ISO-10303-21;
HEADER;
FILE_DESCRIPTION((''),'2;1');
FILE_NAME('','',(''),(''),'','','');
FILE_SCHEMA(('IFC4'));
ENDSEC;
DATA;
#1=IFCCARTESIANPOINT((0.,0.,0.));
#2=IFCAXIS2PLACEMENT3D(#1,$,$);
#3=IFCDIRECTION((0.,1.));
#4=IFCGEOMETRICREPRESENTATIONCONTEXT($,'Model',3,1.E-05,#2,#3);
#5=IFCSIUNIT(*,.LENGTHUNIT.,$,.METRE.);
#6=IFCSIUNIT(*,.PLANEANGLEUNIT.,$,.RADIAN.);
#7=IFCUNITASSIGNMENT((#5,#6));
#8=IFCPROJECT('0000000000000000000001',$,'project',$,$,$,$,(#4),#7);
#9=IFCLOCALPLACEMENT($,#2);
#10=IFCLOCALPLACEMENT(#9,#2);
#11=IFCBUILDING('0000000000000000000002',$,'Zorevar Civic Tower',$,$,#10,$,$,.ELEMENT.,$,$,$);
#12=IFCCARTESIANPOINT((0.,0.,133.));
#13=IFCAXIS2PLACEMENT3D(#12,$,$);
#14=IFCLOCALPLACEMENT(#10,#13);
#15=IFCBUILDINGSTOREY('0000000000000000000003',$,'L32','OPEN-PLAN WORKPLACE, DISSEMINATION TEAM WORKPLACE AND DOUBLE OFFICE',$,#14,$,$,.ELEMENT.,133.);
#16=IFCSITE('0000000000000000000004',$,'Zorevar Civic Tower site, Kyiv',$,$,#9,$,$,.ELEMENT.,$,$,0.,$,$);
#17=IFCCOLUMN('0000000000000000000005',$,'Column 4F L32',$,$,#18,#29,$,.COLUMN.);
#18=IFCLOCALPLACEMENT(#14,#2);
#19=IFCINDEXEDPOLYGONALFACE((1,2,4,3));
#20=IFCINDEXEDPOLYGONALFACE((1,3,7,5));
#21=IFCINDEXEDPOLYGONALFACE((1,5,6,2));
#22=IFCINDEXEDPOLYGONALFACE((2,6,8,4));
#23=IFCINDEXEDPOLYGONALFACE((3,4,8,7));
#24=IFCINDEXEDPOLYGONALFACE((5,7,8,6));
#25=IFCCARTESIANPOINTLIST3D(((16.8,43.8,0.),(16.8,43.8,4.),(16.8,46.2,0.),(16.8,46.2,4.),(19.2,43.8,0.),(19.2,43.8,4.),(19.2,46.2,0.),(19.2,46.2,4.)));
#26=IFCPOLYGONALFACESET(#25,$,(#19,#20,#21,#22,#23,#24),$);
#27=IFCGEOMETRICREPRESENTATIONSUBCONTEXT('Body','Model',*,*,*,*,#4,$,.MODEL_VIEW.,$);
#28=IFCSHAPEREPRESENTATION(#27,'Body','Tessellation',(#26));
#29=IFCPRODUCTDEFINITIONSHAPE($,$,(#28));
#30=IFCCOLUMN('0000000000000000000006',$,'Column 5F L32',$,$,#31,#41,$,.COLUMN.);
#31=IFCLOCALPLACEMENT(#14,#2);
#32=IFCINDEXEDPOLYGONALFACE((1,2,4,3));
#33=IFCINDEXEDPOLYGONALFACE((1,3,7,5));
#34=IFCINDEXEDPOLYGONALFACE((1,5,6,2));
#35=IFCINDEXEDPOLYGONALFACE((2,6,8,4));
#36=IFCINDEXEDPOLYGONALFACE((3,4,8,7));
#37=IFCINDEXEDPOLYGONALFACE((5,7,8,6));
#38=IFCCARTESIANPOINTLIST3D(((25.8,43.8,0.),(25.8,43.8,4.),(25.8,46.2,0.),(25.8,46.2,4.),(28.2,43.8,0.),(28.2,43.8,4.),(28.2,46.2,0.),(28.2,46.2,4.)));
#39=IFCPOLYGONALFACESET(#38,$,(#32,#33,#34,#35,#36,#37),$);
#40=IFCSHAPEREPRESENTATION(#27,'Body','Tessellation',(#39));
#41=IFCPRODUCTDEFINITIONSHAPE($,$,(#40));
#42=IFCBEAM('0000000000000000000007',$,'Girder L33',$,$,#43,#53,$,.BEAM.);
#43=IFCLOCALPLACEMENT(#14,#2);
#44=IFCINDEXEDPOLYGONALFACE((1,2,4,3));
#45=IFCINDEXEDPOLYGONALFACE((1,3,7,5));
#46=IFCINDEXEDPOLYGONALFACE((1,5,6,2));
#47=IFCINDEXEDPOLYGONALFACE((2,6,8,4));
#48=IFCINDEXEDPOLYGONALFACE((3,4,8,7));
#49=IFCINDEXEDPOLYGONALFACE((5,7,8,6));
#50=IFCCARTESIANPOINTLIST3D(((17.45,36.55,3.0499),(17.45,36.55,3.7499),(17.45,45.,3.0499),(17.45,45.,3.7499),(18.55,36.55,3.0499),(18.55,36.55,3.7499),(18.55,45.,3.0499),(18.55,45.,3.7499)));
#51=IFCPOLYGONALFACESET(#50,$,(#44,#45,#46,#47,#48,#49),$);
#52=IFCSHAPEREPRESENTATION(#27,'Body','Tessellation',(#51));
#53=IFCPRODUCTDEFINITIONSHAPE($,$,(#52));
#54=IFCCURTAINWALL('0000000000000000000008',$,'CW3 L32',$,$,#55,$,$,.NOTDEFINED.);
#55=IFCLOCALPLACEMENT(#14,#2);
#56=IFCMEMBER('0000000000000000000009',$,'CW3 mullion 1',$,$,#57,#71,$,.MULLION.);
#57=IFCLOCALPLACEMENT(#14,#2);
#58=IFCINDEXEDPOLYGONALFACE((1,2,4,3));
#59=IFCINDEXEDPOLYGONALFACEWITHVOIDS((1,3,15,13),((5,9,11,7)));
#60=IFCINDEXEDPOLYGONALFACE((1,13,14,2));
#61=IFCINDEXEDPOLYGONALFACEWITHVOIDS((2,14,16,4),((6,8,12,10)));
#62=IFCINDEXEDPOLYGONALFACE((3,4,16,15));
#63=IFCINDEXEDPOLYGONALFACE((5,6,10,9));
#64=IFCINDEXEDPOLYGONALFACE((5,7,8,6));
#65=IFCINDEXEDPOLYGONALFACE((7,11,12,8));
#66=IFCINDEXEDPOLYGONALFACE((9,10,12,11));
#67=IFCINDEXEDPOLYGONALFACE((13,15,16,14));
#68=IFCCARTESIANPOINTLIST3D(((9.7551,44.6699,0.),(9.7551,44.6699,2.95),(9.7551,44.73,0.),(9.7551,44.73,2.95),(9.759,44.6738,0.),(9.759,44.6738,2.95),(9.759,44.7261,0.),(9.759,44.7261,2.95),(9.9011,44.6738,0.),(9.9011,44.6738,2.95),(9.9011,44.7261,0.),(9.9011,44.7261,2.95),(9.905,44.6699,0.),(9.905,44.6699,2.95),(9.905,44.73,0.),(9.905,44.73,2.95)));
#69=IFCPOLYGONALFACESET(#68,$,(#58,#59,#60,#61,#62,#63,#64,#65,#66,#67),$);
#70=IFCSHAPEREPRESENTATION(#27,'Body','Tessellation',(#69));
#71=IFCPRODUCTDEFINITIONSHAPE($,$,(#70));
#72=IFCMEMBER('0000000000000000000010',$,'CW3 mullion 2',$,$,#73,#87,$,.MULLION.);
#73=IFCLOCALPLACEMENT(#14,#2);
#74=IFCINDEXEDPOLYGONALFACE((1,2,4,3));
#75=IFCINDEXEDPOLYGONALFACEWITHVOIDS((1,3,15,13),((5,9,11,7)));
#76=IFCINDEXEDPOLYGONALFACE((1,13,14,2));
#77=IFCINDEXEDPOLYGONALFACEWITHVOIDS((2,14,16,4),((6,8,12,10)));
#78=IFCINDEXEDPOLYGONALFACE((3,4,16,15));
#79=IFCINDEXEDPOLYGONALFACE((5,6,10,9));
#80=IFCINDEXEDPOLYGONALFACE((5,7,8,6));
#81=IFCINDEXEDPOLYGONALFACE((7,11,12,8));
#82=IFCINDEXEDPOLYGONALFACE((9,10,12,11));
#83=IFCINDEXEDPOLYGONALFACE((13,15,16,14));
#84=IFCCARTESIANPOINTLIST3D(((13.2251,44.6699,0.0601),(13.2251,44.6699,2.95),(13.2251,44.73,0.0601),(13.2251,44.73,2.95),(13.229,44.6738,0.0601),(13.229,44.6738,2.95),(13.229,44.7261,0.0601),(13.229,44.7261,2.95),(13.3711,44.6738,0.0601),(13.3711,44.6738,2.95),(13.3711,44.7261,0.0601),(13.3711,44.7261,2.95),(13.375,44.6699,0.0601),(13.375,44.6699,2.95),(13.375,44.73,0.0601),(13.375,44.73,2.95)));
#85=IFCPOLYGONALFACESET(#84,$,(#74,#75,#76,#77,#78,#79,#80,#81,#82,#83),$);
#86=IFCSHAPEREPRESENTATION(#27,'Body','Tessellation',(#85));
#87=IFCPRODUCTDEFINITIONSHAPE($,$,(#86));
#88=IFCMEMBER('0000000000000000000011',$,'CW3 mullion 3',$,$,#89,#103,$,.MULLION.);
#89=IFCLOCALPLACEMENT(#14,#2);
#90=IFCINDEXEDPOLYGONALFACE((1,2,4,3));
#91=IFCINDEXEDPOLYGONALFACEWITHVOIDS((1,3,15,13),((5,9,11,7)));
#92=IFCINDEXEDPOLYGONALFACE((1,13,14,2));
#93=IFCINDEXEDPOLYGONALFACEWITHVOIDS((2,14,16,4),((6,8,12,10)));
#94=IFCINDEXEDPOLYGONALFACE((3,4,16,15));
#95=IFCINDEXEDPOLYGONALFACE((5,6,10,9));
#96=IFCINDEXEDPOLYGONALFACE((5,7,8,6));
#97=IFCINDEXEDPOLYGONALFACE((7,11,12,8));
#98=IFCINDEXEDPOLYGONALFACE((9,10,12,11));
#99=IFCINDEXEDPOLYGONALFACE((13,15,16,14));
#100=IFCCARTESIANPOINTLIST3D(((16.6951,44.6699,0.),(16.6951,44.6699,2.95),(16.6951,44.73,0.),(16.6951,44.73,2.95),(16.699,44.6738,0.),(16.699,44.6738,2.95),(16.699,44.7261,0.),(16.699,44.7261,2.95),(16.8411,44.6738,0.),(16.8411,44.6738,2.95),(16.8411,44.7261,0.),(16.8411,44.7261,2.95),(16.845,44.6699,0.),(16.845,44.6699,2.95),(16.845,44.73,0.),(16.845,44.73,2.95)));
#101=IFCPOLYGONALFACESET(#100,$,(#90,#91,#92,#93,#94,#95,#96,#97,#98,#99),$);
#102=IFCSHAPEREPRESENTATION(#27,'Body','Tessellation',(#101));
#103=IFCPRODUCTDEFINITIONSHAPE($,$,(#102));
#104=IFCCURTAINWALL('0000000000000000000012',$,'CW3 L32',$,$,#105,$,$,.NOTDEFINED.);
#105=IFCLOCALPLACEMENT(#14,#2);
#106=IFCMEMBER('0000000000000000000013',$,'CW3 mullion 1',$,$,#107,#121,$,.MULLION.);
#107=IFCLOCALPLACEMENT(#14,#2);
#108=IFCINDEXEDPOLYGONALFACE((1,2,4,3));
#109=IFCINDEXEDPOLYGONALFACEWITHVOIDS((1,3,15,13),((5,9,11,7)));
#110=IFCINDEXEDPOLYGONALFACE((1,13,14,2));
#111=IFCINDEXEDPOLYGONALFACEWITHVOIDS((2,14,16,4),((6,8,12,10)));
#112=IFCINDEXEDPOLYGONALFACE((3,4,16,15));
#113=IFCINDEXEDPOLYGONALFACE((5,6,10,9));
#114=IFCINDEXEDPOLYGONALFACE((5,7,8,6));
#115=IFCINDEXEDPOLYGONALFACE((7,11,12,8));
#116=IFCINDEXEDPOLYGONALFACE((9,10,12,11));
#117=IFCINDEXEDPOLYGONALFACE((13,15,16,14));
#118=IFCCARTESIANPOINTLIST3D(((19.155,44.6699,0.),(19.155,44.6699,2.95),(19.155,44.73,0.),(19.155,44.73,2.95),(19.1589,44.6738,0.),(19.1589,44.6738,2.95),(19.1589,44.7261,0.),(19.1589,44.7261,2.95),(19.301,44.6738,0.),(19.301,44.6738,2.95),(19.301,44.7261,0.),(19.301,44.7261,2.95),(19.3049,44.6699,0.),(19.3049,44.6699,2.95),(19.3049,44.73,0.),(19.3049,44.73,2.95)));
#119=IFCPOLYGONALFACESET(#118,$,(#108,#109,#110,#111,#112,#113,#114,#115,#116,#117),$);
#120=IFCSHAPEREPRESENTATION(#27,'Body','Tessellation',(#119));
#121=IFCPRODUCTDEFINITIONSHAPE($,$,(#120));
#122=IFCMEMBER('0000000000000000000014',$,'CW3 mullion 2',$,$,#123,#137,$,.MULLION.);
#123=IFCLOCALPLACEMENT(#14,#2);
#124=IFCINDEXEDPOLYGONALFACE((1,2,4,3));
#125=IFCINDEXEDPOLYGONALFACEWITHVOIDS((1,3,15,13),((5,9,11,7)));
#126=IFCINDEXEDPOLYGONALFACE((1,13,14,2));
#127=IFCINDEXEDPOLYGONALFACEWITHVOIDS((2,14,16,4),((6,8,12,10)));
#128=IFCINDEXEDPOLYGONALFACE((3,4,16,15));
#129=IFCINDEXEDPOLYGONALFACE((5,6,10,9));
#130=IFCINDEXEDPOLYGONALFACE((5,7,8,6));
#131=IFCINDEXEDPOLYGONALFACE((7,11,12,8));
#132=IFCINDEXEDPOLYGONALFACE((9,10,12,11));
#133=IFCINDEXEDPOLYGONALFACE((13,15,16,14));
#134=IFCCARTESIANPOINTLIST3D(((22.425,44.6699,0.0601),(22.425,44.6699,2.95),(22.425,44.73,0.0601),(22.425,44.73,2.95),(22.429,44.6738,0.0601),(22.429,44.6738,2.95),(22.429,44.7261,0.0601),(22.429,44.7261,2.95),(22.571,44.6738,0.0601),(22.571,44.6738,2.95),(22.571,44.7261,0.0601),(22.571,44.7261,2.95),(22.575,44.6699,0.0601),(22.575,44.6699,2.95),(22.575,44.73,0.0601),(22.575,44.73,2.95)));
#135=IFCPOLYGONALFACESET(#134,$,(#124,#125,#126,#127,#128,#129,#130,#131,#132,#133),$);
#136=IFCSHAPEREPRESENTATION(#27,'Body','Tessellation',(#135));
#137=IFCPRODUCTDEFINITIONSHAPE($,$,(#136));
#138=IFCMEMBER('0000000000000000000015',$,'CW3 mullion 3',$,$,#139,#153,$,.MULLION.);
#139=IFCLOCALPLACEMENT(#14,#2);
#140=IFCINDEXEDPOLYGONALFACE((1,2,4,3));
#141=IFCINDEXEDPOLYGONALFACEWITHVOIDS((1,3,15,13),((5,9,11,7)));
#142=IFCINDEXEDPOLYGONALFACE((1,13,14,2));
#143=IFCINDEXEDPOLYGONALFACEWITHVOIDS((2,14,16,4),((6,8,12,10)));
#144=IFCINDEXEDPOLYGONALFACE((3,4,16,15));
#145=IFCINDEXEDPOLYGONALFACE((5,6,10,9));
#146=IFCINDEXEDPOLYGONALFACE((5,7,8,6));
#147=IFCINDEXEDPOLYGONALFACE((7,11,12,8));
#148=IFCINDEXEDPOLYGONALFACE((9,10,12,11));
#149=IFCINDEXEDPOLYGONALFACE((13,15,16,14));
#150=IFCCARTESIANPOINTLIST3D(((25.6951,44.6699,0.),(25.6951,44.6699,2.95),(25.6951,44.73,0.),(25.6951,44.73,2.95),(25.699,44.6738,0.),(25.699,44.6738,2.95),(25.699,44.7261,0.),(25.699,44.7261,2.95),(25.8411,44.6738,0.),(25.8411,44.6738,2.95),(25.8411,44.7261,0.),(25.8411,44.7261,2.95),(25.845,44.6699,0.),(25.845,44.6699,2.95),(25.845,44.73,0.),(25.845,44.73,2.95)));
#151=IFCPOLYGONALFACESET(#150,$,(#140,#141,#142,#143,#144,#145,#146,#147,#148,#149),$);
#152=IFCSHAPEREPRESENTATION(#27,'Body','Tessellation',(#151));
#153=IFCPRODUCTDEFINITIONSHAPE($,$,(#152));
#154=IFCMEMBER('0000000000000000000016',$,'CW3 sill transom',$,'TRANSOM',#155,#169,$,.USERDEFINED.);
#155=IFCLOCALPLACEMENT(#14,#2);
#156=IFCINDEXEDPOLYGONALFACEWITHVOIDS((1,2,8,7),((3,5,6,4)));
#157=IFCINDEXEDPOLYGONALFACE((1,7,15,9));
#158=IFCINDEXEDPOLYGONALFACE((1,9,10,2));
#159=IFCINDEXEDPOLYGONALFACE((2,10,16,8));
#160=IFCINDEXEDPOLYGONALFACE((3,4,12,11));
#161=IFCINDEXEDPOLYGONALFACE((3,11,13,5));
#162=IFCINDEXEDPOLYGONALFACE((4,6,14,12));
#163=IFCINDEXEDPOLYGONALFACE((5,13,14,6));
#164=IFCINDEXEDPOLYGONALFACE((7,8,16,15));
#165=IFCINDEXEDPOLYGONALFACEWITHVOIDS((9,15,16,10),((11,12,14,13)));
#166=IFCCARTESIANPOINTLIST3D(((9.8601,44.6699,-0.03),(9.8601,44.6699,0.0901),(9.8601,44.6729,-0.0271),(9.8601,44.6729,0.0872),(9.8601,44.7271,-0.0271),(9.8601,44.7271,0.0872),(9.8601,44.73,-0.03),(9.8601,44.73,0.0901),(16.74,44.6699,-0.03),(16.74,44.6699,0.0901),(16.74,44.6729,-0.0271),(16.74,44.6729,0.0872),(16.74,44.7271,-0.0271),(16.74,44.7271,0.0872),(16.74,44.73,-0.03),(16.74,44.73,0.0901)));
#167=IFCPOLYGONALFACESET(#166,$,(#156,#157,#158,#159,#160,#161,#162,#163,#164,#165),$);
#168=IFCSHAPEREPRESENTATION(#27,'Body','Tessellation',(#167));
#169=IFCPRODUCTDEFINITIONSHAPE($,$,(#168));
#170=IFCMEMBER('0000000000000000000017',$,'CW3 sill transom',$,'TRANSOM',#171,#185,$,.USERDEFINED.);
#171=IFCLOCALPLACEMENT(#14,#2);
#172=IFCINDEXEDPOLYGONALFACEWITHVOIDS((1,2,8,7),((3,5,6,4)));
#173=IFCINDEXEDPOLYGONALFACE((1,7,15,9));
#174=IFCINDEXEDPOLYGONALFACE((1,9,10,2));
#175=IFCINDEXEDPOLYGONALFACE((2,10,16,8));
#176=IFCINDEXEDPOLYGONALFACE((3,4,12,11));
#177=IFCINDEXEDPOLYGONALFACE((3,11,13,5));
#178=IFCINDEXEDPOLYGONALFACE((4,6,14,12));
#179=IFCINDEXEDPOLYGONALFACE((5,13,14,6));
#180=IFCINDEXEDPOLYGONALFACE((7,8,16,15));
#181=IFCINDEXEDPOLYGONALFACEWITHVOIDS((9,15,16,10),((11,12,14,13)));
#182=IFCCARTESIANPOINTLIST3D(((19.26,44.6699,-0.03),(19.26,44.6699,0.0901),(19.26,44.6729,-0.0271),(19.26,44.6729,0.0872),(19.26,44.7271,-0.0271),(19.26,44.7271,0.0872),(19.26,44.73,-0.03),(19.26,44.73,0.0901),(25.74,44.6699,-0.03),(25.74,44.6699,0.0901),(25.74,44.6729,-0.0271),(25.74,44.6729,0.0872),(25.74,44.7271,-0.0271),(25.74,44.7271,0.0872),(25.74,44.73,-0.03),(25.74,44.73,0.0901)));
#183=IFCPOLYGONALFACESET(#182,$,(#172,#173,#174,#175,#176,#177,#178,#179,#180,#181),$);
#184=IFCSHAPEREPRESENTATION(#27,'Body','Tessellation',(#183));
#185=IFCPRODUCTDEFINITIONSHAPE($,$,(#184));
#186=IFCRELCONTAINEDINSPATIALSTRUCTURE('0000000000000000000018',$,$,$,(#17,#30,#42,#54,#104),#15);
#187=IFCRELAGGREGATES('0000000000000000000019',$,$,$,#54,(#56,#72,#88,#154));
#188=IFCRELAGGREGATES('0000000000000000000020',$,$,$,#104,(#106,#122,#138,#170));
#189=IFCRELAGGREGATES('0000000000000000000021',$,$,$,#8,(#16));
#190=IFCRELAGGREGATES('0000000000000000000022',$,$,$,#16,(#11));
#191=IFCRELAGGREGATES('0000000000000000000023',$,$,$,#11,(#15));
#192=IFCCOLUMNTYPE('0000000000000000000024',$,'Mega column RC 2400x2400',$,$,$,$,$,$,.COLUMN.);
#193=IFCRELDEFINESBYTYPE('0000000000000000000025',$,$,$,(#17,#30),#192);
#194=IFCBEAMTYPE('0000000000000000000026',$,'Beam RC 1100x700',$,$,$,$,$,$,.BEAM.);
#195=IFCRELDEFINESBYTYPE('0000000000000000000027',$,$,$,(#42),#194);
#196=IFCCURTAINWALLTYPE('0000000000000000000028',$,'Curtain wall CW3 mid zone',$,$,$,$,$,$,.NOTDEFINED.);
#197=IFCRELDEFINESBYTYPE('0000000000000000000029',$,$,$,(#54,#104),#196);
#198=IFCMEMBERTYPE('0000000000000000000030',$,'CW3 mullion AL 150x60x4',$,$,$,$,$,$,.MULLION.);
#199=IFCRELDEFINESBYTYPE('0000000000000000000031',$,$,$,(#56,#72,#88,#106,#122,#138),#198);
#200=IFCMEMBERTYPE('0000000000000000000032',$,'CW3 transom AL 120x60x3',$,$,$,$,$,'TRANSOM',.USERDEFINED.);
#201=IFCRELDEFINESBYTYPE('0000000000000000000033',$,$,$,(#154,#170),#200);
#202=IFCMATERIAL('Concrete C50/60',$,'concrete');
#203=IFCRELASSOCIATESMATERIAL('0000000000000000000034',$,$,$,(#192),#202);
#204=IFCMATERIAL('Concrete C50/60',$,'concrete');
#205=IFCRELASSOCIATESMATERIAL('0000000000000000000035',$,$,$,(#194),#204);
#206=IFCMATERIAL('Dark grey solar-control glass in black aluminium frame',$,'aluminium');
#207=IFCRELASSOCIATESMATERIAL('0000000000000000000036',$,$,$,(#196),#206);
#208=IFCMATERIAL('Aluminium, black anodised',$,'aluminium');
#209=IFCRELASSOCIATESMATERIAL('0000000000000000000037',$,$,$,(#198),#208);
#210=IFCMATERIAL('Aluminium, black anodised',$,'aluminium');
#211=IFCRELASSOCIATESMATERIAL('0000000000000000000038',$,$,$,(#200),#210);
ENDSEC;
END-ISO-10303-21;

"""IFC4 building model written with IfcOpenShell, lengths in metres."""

from ifc_helpers import new_model, si_unit, direction, frame, origin, origin_2d, place, context, subcontext, project, spatial, rectangle, hollow_rectangle, extrude, material, material_profile, profile_set, type_object, element, aggregate, save


model = new_model("IFC4")

# Units and contexts
model_context = context("Model", 3, precision=1e-05, world=origin(), true_north=direction((0.0, 1.0)))
body_context = subcontext(model_context, "Body", "Model", "MODEL_VIEW")
ifc_project = project(units=[si_unit("LENGTHUNIT", "METRE"), si_unit("PLANEANGLEUNIT", "RADIAN")], contexts=[model_context])

# Site, building, storey
site_placement = place(None, origin())
site = spatial("IfcSite", under=ifc_project, at=site_placement, Name="Zorevar Civic Tower site, Kyiv", CompositionType="ELEMENT", RefElevation=0.0)
building_placement = place(site_placement, origin())
building = spatial("IfcBuilding", under=site, at=building_placement, Name="Zorevar Civic Tower", CompositionType="ELEMENT")
storey_placement = place(building_placement, frame((0.0, 0.0, 133.0)))
storey = spatial("IfcBuildingStorey", under=building, at=storey_placement, Name="L32", Description="OPEN-PLAN WORKPLACE, DISSEMINATION TEAM WORKPLACE AND DOUBLE OFFICE", CompositionType="ELEMENT", Elevation=133.0)

# Columns
ifc_material_1 = material(Name="Concrete C50/60", Category="concrete")
ifc_material_profile_1 = material_profile(ifc_material_1, rectangle(XDim=2.3999, YDim=2.3999, at=origin_2d()), Name="RC 2400x2400")
ifc_profile_set_1 = profile_set([ifc_material_profile_1], Name="Concrete C50/60")
column_type = type_object("IfcColumnType", Name="Mega column RC 2400x2400", PredefinedType="COLUMN", material=ifc_profile_set_1)
for number, where, z_axis, x_axis, name in (
    (1, (18.0, 45.0, 0.0), (0.0, 0.0, 1.0), (1.0, 0.0, 0.0), "Column 4F L32"),
    (2, (27.0, 45.0, 0.0), (0.0, 0.0, 1.0), (1.0, 0.0, 0.0), "Column 5F L32"),
):
    element("IfcColumn", number, at=place(storey_placement, frame(where, z_axis=z_axis, x_axis=x_axis)), inside=storey, type_object=column_type, Name=name, PredefinedType="COLUMN", context=body_context, shape_type="SweptSolid", body=[
        extrude(rectangle(XDim=2.3999, YDim=2.3999, at=origin_2d()), origin(), (0.0, 0.0, 1.0), 4.0),
    ])

# Beam
ifc_material_2 = material(Name="Concrete C50/60", Category="concrete")
ifc_material_profile_2 = material_profile(ifc_material_2, rectangle(XDim=1.1001, YDim=0.7, at=origin_2d()), Name="RC 1100x700")
ifc_profile_set_2 = profile_set([ifc_material_profile_2], Name="Concrete C50/60")
beam_type_1 = type_object("IfcBeamType", Name="Beam RC 1100x700", PredefinedType="BEAM", material=ifc_profile_set_2)
beam_1_placement = place(storey_placement, frame((18.0, 36.55, 3.3999), z_axis=(0.0, 1.0, 0.0), x_axis=(-1.0, 0.0, 0.0)))
element("IfcBeam", 3, at=beam_1_placement, inside=storey, type_object=beam_type_1, Name="Girder L33", PredefinedType="BEAM", context=body_context, shape_type="SweptSolid", body=[
    extrude(rectangle(XDim=1.1001, YDim=0.7, at=origin_2d()), origin(), (0.0, 0.0, 1.0), 8.45),
])

# Curtain walls, members
ifc_material_3 = material(Name="Dark grey solar-control glass in black aluminium frame", Category="aluminium")
curtain_wall_type = type_object("IfcCurtainWallType", Name="Curtain wall CW3 mid zone", PredefinedType="NOTDEFINED", material=ifc_material_3)
curtain_wall_1_placement = place(storey_placement, origin())
curtain_wall_1 = element("IfcCurtainWall", 4, at=curtain_wall_1_placement, inside=storey, type_object=curtain_wall_type, Name="CW3 L32", PredefinedType="NOTDEFINED")
ifc_material_4 = material(Name="Aluminium, black anodised", Category="aluminium")
ifc_material_profile_3 = material_profile(ifc_material_4, hollow_rectangle(XDim=0.0601, YDim=0.1499, WallThickness=0.0039, at=origin_2d()), Name="AL 150x60x4")
ifc_profile_set_3 = profile_set([ifc_material_profile_3], Name="Aluminium, black anodised")
member_type_1 = type_object("IfcMemberType", Name="CW3 mullion AL 150x60x4", PredefinedType="MULLION", material=ifc_profile_set_3)
member_1_placement = place(storey_placement, frame((9.8301, 44.7, 0.0), z_axis=(0.0, 0.0, 1.0), x_axis=(0.0, 1.0, 0.0)))
member_1 = element("IfcMember", 5, at=member_1_placement, type_object=member_type_1, Name="CW3 mullion 1", PredefinedType="MULLION", context=body_context, shape_type="SweptSolid", body=[
    extrude(hollow_rectangle(XDim=0.0601, YDim=0.1499, WallThickness=0.0039, at=origin_2d()), origin(), (0.0, 0.0, 1.0), 2.95),
])
member_2_placement = place(storey_placement, frame((13.3, 44.7, 0.0601), z_axis=(0.0, 0.0, 1.0), x_axis=(0.0, 1.0, 0.0)))
member_2 = element("IfcMember", 6, at=member_2_placement, type_object=member_type_1, Name="CW3 mullion 2", PredefinedType="MULLION", context=body_context, shape_type="SweptSolid", body=[
    extrude(hollow_rectangle(XDim=0.0601, YDim=0.1499, WallThickness=0.0039, at=origin_2d()), origin(), (0.0, 0.0, 1.0), 2.8899),
])
member_3_placement = place(storey_placement, frame((16.77, 44.7, 0.0), z_axis=(0.0, 0.0, 1.0), x_axis=(0.0, 1.0, 0.0)))
member_3 = element("IfcMember", 7, at=member_3_placement, type_object=member_type_1, Name="CW3 mullion 3", PredefinedType="MULLION", context=body_context, shape_type="SweptSolid", body=[
    extrude(hollow_rectangle(XDim=0.0601, YDim=0.1499, WallThickness=0.0039, at=origin_2d()), origin(), (0.0, 0.0, 1.0), 2.95),
])
curtain_wall_2_placement = place(storey_placement, origin())
curtain_wall_2 = element("IfcCurtainWall", 8, at=curtain_wall_2_placement, inside=storey, type_object=curtain_wall_type, Name="CW3 L32", PredefinedType="NOTDEFINED")
member_4_placement = place(storey_placement, frame((19.23, 44.7, 0.0), z_axis=(0.0, 0.0, 1.0), x_axis=(0.0, 1.0, 0.0)))
member_4 = element("IfcMember", 9, at=member_4_placement, type_object=member_type_1, Name="CW3 mullion 1", PredefinedType="MULLION", context=body_context, shape_type="SweptSolid", body=[
    extrude(hollow_rectangle(XDim=0.0601, YDim=0.1499, WallThickness=0.0039, at=origin_2d()), origin(), (0.0, 0.0, 1.0), 2.95),
])
member_5_placement = place(storey_placement, frame((22.5, 44.7, 0.0601), z_axis=(0.0, 0.0, 1.0), x_axis=(0.0, 1.0, 0.0)))
member_5 = element("IfcMember", 10, at=member_5_placement, type_object=member_type_1, Name="CW3 mullion 2", PredefinedType="MULLION", context=body_context, shape_type="SweptSolid", body=[
    extrude(hollow_rectangle(XDim=0.0601, YDim=0.1499, WallThickness=0.0039, at=origin_2d()), origin(), (0.0, 0.0, 1.0), 2.8899),
])
member_6_placement = place(storey_placement, frame((25.77, 44.7, 0.0), z_axis=(0.0, 0.0, 1.0), x_axis=(0.0, 1.0, 0.0)))
member_6 = element("IfcMember", 11, at=member_6_placement, type_object=member_type_1, Name="CW3 mullion 3", PredefinedType="MULLION", context=body_context, shape_type="SweptSolid", body=[
    extrude(hollow_rectangle(XDim=0.0601, YDim=0.1499, WallThickness=0.0039, at=origin_2d()), origin(), (0.0, 0.0, 1.0), 2.95),
])

# Members
ifc_material_5 = material(Name="Aluminium, black anodised", Category="aluminium")
ifc_material_profile_4 = material_profile(ifc_material_5, hollow_rectangle(XDim=0.0601, YDim=0.1201, WallThickness=0.0029, at=origin_2d()), Name="AL 120x60x3")
ifc_profile_set_4 = profile_set([ifc_material_profile_4], Name="Aluminium, black anodised")
member_type_2 = type_object("IfcMemberType", Name="CW3 transom AL 120x60x3", ElementType="TRANSOM", PredefinedType="USERDEFINED", material=ifc_profile_set_4)
member_7_placement = place(storey_placement, frame((9.8601, 44.7, 0.03), z_axis=(1.0, 0.0, 0.0), x_axis=(0.0, 1.0, 0.0)))
member_7 = element("IfcMember", 12, at=member_7_placement, type_object=member_type_2, Name="CW3 sill transom", ObjectType="TRANSOM", PredefinedType="USERDEFINED", context=body_context, shape_type="SweptSolid", body=[
    extrude(hollow_rectangle(XDim=0.0601, YDim=0.1201, WallThickness=0.0029, at=origin_2d()), origin(), (0.0, 0.0, 1.0), 6.8799),
])
member_8_placement = place(storey_placement, frame((19.26, 44.7, 0.03), z_axis=(1.0, 0.0, 0.0), x_axis=(0.0, 1.0, 0.0)))
member_8 = element("IfcMember", 13, at=member_8_placement, type_object=member_type_2, Name="CW3 sill transom", ObjectType="TRANSOM", PredefinedType="USERDEFINED", context=body_context, shape_type="SweptSolid", body=[
    extrude(hollow_rectangle(XDim=0.0601, YDim=0.1201, WallThickness=0.0029, at=origin_2d()), origin(), (0.0, 0.0, 1.0), 6.48),
])

aggregate(curtain_wall_1, [member_1, member_2, member_3, member_7])
aggregate(curtain_wall_2, [member_4, member_5, member_6, member_8])

save(model, "model.ifc")
